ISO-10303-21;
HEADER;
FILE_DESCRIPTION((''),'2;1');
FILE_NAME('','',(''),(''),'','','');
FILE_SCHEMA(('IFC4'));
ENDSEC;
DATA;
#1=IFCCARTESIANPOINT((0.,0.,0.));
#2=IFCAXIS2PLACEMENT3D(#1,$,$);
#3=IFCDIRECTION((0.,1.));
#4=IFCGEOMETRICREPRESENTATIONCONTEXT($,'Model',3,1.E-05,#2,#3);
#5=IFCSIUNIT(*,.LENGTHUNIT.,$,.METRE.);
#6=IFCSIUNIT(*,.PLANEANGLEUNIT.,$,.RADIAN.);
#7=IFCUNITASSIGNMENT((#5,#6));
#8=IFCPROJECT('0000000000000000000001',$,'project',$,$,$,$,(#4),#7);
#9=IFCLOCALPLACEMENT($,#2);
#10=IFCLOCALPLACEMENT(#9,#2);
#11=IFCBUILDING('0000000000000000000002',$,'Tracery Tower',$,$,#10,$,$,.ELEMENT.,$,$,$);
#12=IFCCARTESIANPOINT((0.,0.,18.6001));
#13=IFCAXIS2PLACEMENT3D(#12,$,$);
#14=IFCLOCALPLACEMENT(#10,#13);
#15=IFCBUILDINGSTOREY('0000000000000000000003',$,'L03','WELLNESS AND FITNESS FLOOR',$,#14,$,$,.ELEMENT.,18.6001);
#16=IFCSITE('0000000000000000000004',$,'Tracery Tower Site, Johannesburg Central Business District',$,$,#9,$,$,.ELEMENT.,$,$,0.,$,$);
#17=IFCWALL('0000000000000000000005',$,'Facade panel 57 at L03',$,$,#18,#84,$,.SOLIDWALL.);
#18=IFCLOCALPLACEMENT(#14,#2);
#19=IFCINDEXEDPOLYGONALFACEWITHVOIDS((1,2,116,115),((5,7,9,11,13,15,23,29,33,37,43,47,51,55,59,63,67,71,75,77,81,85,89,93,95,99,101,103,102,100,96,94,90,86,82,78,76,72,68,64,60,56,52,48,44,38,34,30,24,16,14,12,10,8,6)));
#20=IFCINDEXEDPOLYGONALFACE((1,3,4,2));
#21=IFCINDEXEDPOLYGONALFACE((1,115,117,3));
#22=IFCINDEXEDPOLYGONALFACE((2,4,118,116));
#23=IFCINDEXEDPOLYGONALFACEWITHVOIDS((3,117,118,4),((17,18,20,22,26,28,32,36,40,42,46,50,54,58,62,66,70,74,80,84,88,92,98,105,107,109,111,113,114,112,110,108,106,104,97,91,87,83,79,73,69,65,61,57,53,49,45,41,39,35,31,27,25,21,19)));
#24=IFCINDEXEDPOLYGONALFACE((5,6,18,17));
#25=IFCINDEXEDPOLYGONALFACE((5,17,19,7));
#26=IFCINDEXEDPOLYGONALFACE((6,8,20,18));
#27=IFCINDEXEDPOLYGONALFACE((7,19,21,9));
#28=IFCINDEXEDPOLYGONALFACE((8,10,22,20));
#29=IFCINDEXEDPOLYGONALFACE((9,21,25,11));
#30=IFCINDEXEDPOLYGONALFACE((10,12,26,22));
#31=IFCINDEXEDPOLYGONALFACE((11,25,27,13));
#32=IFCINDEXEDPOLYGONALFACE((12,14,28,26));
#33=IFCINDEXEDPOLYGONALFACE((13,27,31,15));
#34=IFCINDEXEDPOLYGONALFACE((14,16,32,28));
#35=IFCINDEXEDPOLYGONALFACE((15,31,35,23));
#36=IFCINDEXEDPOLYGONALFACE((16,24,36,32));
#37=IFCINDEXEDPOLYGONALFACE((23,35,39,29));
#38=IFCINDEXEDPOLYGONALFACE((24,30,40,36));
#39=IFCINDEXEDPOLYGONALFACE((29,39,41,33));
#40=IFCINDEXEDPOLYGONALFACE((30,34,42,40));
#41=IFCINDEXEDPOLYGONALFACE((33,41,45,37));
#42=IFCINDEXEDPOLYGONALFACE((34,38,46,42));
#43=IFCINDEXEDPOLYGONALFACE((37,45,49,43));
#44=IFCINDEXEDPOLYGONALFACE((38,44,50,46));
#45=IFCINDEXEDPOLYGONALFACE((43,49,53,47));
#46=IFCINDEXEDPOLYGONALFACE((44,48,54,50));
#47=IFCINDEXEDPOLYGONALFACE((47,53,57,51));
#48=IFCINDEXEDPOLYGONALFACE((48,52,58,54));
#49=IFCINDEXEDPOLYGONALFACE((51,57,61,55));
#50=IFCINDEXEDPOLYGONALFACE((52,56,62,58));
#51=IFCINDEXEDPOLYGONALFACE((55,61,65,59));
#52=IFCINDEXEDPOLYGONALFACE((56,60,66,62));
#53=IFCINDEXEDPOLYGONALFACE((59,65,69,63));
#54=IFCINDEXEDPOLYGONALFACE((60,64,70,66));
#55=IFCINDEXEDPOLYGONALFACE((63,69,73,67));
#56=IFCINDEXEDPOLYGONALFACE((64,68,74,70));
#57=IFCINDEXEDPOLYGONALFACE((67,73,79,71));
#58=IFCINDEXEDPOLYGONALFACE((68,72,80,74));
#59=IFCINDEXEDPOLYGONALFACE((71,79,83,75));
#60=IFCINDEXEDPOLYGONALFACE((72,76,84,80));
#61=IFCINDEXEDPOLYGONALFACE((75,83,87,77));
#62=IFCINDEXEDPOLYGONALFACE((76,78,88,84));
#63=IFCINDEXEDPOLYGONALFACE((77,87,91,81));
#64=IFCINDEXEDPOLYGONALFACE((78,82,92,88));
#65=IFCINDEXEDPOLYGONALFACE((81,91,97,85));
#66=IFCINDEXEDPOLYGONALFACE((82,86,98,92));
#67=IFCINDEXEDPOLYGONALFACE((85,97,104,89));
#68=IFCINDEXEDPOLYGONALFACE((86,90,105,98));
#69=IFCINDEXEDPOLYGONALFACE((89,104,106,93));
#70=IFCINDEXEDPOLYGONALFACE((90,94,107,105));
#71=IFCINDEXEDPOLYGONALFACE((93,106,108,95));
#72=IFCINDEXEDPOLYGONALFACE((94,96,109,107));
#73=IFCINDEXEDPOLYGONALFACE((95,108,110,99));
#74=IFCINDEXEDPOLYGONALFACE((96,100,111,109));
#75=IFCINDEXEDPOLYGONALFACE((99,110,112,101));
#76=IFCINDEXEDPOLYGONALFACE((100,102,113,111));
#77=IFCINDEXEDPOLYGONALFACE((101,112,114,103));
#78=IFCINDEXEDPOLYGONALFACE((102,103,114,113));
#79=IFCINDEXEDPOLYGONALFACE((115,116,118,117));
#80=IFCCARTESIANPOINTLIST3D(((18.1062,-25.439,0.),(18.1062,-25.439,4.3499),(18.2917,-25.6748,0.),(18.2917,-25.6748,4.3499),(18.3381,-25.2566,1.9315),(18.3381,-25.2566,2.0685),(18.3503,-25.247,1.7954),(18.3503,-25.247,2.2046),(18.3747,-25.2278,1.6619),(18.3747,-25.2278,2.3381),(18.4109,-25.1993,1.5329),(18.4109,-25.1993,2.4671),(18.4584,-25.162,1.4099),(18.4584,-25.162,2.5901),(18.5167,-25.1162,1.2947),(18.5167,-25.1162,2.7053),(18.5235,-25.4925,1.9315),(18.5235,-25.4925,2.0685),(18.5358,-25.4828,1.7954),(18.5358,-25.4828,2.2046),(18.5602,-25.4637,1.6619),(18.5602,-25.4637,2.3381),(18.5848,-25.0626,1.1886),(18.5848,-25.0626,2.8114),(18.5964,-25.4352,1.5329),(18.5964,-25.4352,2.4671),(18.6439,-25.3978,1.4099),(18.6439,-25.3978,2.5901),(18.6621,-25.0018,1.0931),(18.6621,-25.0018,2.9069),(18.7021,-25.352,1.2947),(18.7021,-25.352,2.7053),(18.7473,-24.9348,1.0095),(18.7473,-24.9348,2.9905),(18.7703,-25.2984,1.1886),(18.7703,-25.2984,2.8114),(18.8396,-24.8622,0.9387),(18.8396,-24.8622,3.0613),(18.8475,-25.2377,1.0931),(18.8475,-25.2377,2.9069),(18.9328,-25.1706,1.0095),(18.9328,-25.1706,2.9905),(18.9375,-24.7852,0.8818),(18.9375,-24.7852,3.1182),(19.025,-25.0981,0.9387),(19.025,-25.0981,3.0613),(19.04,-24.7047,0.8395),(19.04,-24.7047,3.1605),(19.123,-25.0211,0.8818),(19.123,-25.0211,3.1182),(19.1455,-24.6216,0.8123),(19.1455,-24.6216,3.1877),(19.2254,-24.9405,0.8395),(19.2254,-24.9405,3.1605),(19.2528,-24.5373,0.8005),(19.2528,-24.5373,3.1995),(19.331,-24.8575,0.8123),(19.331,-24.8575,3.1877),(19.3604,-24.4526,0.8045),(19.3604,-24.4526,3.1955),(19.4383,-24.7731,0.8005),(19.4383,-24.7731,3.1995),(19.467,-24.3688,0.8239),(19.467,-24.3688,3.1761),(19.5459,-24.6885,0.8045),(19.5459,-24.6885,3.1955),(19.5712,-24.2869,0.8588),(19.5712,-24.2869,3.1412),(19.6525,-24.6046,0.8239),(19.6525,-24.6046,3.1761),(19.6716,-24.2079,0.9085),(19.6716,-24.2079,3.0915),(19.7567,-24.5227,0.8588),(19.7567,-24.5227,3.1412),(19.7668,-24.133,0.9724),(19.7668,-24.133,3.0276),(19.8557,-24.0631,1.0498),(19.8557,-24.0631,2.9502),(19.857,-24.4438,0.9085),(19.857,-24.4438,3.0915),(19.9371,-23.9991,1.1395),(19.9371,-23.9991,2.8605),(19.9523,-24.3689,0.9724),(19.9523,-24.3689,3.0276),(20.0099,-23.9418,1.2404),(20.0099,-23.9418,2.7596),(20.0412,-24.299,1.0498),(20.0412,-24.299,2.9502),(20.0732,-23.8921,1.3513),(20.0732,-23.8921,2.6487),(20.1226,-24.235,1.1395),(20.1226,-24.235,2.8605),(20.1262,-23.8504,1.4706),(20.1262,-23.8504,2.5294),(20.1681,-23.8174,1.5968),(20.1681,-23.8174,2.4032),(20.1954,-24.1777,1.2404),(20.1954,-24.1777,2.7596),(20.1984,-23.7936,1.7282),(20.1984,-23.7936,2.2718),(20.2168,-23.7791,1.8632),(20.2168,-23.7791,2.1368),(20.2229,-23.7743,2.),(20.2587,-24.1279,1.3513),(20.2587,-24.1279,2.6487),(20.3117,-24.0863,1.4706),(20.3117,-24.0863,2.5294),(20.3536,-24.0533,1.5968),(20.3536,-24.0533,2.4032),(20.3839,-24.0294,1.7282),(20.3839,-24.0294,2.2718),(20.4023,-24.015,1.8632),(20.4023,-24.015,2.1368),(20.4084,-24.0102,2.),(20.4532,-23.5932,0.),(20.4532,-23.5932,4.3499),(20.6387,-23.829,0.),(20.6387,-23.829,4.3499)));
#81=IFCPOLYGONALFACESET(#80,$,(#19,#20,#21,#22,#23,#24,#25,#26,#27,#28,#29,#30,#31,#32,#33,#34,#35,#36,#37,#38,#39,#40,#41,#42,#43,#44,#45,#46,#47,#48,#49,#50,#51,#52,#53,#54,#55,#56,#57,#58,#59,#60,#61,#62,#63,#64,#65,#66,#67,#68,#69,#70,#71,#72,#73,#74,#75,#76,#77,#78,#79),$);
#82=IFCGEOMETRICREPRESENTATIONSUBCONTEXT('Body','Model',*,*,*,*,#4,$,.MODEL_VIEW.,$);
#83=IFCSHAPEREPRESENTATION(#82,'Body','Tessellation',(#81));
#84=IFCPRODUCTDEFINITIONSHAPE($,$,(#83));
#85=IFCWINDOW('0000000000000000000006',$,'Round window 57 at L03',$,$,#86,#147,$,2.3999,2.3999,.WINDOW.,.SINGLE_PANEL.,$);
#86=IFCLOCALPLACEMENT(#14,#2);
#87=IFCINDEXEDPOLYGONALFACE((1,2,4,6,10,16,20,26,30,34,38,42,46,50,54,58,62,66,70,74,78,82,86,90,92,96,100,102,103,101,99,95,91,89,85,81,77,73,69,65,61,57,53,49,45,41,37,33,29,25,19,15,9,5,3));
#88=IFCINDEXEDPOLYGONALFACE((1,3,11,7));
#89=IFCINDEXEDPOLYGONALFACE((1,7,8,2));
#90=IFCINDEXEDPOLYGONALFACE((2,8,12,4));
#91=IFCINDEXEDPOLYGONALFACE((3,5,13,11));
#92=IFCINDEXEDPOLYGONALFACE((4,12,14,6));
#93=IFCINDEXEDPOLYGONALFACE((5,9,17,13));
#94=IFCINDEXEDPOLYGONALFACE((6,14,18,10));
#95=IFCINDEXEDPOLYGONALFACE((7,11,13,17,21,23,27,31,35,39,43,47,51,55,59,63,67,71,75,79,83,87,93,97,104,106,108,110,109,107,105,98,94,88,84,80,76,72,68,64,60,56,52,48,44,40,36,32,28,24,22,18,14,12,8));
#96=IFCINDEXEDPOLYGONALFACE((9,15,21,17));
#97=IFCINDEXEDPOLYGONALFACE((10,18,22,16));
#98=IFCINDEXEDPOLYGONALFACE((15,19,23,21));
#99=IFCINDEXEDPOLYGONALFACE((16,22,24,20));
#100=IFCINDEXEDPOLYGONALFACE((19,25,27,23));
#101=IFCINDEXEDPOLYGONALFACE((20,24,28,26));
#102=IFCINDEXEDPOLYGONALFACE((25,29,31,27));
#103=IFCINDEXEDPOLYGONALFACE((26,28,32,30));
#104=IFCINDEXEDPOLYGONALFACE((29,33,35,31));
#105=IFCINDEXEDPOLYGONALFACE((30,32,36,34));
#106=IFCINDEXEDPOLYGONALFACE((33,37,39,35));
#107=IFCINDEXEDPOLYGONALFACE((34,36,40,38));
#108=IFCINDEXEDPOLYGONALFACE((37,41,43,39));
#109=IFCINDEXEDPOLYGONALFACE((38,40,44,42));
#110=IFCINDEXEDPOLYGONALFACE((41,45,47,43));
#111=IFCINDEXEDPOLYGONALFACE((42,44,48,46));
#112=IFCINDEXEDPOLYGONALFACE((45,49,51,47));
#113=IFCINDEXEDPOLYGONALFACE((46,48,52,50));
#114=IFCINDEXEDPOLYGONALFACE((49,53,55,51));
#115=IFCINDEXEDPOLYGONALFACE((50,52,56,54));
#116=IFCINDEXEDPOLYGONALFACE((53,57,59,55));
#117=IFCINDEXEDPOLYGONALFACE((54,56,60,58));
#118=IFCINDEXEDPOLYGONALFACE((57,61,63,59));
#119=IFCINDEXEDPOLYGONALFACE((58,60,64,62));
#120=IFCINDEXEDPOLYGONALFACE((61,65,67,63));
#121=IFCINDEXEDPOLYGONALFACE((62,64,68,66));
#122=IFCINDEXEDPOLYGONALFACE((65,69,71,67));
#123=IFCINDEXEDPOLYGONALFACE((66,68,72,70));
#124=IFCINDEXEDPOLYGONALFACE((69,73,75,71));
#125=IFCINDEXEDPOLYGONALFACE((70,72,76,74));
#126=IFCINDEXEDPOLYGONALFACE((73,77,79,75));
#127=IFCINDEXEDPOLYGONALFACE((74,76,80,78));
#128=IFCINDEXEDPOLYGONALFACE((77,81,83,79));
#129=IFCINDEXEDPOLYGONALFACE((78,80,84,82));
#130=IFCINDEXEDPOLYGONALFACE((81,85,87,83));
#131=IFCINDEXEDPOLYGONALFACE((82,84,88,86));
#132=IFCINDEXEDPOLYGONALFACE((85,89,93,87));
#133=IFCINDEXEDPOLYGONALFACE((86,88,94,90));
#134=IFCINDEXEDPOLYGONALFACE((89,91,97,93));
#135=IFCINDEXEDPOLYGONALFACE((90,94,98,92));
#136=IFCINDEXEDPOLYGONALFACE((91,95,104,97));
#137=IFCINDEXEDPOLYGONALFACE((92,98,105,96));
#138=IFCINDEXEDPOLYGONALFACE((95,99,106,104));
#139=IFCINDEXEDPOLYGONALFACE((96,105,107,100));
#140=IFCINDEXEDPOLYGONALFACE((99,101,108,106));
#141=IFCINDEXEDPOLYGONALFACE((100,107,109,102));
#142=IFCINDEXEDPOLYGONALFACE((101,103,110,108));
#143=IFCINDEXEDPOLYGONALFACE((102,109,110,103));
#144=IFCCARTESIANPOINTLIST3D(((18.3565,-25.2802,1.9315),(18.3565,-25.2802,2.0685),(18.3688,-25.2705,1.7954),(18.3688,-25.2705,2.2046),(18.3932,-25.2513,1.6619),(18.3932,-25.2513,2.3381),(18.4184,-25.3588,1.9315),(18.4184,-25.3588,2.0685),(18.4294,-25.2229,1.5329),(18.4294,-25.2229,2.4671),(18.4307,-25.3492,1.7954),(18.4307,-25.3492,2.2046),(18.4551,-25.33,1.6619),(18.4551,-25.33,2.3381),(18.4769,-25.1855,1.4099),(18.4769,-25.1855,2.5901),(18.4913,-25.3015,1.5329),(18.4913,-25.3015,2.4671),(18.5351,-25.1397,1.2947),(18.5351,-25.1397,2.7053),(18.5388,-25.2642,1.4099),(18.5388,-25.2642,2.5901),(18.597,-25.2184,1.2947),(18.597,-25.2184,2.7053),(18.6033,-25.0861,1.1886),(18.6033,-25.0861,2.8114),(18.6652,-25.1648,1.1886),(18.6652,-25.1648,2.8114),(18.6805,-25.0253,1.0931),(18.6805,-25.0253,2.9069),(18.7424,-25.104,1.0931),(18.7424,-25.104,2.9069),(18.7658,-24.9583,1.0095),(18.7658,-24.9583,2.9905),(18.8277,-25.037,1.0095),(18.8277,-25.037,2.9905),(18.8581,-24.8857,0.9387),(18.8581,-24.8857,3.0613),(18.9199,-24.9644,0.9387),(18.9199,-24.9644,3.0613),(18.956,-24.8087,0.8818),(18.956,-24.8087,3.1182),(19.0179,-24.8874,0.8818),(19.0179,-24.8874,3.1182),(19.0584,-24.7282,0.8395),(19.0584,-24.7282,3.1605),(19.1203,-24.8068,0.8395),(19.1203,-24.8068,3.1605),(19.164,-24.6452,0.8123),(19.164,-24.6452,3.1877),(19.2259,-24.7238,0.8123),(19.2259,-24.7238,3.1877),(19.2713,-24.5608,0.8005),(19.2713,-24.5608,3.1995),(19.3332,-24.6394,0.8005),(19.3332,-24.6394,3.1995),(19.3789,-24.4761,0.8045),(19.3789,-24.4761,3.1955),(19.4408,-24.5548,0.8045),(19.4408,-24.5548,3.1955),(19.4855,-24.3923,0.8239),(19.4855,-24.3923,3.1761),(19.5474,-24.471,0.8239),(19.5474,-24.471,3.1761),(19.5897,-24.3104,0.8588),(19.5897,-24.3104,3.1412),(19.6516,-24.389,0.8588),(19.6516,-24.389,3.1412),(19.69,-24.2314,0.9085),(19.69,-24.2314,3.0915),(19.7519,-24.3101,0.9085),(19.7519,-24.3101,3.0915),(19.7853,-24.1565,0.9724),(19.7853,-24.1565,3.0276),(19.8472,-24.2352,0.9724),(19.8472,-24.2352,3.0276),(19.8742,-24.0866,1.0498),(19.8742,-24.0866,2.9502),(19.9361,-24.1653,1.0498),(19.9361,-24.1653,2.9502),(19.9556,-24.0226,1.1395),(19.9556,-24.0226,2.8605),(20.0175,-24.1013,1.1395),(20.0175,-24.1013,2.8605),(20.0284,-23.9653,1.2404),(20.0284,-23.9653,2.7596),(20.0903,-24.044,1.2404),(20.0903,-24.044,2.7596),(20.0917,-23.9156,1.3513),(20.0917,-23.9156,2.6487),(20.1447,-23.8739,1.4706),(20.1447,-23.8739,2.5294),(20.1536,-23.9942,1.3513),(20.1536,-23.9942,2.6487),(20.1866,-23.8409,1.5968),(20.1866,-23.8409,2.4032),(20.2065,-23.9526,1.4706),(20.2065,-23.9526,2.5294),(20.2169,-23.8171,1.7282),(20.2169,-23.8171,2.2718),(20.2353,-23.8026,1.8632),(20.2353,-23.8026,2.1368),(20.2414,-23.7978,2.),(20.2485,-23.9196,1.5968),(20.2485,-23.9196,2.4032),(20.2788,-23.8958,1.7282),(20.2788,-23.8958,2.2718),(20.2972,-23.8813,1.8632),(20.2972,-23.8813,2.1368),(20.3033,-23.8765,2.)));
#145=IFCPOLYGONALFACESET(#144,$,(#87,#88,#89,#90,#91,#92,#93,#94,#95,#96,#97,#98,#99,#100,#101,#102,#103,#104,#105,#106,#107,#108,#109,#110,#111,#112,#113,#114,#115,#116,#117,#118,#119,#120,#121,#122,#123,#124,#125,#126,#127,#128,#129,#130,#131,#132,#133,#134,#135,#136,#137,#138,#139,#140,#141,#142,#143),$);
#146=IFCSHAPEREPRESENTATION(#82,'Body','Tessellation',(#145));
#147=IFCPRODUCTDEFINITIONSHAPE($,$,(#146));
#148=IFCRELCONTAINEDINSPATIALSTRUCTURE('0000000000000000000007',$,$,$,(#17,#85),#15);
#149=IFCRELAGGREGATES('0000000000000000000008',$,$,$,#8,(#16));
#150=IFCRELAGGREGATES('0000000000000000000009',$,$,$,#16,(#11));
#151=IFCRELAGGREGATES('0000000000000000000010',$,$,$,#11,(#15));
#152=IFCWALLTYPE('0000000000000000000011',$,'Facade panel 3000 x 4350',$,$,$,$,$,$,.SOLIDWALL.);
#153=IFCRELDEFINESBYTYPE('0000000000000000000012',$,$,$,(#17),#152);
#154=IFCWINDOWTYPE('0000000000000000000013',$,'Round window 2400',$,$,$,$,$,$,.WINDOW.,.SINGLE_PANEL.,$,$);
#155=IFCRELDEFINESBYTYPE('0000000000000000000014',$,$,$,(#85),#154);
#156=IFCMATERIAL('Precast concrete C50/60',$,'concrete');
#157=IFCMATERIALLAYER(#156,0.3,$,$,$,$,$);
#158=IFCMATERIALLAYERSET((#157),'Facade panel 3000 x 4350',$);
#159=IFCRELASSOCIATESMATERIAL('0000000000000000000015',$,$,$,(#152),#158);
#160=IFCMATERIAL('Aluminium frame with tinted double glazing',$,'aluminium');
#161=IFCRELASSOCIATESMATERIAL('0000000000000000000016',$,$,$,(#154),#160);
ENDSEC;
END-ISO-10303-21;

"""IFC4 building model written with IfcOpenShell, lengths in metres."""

from ifc_helpers import new_model, si_unit, direction, frame, frame_2d, origin, origin_2d, place, context, subcontext, project, spatial, rectangle, circle, extrude, material, layer, layer_set, type_object, element, fill, save


model = new_model("IFC4")

# Units and contexts
model_context = context("Model", 3, precision=1e-05, world=origin(), true_north=direction((0.0, 1.0)))
body_context = subcontext(model_context, "Body", "Model", "MODEL_VIEW")
ifc_project = project(units=[si_unit("LENGTHUNIT", "METRE"), si_unit("PLANEANGLEUNIT", "RADIAN")], contexts=[model_context])

# Site, building, storey
site_placement = place(None, origin())
site = spatial("IfcSite", under=ifc_project, at=site_placement, Name="Tracery Tower Site, Johannesburg Central Business District", CompositionType="ELEMENT", RefElevation=0.0)
building_placement = place(site_placement, origin())
building = spatial("IfcBuilding", under=site, at=building_placement, Name="Tracery Tower", CompositionType="ELEMENT")
storey_placement = place(building_placement, frame((0.0, 0.0, 18.6001)))
storey = spatial("IfcBuildingStorey", under=building, at=storey_placement, Name="L03", Description="WELLNESS AND FITNESS FLOOR", CompositionType="ELEMENT", Elevation=18.6001)

# Wall, opening, window
ifc_material_1 = material(Name="Precast concrete C50/60", Category="concrete")
ifc_layer_1 = layer(ifc_material_1, 0.3)
ifc_layer_set_1 = layer_set([ifc_layer_1], Name="Facade panel 3000 x 4350")
wall_type_1 = type_object("IfcWallType", Name="Facade panel 3000 x 4350", PredefinedType="SOLIDWALL", material=ifc_layer_set_1)
ifc_material_2 = material(Name="Aluminium frame with tinted double glazing", Category="aluminium")
window_type = type_object("IfcWindowType", Name="Round window 2400", PartitioningType="SINGLE_PANEL", PredefinedType="WINDOW", material=ifc_material_2)
wall_1_placement = place(storey_placement, frame((18.199, -25.5569, 0.0), z_axis=(0.0, 0.0, 1.0), x_axis=(0.786043, 0.618172, 0.0)))
wall_1 = element("IfcWall", 1, at=wall_1_placement, inside=storey, type_object=wall_type_1, Name="Facade panel 57 at L03", PredefinedType="SOLIDWALL", context=body_context, shape_type="SweptSolid", body=[
    extrude(rectangle(XDim=2.9858, YDim=0.3, at=frame_2d((1.4929, 0.0))), origin(), (0.0, 0.0, 1.0), 4.3499),
])
opening_1_placement = place(wall_1_placement, frame((1.4929, 0.0, 2.0)))
opening_1 = element("IfcOpeningElement", 2, at=opening_1_placement, cuts=wall_1, PredefinedType="OPENING", context=body_context, shape_type="SweptSolid", body=[
    extrude(circle(Radius=1.2, at=origin_2d()), frame((0.0, 0.1599, 0.0), z_axis=(0.0, -1.0, 0.0), x_axis=(1.0, 0.0, 0.0)), (0.0, 0.0, 1.0), 0.3201),
])
window_1_placement = place(opening_1_placement, origin())
window_1 = element("IfcWindow", 3, at=window_1_placement, inside=storey, type_object=window_type, Name="Round window 57 at L03", OverallHeight=2.3999, OverallWidth=2.3999, PartitioningType="SINGLE_PANEL", PredefinedType="WINDOW", context=body_context, shape_type="SweptSolid", body=[
    extrude(circle(Radius=1.2, at=origin_2d()), frame((0.0, 0.1201, 0.0), z_axis=(0.0, -1.0, 0.0), x_axis=(1.0, 0.0, 0.0)), (0.0, 0.0, 1.0), 0.1001),
])
fill(opening_1, window_1)

save(model, "model.ifc")
